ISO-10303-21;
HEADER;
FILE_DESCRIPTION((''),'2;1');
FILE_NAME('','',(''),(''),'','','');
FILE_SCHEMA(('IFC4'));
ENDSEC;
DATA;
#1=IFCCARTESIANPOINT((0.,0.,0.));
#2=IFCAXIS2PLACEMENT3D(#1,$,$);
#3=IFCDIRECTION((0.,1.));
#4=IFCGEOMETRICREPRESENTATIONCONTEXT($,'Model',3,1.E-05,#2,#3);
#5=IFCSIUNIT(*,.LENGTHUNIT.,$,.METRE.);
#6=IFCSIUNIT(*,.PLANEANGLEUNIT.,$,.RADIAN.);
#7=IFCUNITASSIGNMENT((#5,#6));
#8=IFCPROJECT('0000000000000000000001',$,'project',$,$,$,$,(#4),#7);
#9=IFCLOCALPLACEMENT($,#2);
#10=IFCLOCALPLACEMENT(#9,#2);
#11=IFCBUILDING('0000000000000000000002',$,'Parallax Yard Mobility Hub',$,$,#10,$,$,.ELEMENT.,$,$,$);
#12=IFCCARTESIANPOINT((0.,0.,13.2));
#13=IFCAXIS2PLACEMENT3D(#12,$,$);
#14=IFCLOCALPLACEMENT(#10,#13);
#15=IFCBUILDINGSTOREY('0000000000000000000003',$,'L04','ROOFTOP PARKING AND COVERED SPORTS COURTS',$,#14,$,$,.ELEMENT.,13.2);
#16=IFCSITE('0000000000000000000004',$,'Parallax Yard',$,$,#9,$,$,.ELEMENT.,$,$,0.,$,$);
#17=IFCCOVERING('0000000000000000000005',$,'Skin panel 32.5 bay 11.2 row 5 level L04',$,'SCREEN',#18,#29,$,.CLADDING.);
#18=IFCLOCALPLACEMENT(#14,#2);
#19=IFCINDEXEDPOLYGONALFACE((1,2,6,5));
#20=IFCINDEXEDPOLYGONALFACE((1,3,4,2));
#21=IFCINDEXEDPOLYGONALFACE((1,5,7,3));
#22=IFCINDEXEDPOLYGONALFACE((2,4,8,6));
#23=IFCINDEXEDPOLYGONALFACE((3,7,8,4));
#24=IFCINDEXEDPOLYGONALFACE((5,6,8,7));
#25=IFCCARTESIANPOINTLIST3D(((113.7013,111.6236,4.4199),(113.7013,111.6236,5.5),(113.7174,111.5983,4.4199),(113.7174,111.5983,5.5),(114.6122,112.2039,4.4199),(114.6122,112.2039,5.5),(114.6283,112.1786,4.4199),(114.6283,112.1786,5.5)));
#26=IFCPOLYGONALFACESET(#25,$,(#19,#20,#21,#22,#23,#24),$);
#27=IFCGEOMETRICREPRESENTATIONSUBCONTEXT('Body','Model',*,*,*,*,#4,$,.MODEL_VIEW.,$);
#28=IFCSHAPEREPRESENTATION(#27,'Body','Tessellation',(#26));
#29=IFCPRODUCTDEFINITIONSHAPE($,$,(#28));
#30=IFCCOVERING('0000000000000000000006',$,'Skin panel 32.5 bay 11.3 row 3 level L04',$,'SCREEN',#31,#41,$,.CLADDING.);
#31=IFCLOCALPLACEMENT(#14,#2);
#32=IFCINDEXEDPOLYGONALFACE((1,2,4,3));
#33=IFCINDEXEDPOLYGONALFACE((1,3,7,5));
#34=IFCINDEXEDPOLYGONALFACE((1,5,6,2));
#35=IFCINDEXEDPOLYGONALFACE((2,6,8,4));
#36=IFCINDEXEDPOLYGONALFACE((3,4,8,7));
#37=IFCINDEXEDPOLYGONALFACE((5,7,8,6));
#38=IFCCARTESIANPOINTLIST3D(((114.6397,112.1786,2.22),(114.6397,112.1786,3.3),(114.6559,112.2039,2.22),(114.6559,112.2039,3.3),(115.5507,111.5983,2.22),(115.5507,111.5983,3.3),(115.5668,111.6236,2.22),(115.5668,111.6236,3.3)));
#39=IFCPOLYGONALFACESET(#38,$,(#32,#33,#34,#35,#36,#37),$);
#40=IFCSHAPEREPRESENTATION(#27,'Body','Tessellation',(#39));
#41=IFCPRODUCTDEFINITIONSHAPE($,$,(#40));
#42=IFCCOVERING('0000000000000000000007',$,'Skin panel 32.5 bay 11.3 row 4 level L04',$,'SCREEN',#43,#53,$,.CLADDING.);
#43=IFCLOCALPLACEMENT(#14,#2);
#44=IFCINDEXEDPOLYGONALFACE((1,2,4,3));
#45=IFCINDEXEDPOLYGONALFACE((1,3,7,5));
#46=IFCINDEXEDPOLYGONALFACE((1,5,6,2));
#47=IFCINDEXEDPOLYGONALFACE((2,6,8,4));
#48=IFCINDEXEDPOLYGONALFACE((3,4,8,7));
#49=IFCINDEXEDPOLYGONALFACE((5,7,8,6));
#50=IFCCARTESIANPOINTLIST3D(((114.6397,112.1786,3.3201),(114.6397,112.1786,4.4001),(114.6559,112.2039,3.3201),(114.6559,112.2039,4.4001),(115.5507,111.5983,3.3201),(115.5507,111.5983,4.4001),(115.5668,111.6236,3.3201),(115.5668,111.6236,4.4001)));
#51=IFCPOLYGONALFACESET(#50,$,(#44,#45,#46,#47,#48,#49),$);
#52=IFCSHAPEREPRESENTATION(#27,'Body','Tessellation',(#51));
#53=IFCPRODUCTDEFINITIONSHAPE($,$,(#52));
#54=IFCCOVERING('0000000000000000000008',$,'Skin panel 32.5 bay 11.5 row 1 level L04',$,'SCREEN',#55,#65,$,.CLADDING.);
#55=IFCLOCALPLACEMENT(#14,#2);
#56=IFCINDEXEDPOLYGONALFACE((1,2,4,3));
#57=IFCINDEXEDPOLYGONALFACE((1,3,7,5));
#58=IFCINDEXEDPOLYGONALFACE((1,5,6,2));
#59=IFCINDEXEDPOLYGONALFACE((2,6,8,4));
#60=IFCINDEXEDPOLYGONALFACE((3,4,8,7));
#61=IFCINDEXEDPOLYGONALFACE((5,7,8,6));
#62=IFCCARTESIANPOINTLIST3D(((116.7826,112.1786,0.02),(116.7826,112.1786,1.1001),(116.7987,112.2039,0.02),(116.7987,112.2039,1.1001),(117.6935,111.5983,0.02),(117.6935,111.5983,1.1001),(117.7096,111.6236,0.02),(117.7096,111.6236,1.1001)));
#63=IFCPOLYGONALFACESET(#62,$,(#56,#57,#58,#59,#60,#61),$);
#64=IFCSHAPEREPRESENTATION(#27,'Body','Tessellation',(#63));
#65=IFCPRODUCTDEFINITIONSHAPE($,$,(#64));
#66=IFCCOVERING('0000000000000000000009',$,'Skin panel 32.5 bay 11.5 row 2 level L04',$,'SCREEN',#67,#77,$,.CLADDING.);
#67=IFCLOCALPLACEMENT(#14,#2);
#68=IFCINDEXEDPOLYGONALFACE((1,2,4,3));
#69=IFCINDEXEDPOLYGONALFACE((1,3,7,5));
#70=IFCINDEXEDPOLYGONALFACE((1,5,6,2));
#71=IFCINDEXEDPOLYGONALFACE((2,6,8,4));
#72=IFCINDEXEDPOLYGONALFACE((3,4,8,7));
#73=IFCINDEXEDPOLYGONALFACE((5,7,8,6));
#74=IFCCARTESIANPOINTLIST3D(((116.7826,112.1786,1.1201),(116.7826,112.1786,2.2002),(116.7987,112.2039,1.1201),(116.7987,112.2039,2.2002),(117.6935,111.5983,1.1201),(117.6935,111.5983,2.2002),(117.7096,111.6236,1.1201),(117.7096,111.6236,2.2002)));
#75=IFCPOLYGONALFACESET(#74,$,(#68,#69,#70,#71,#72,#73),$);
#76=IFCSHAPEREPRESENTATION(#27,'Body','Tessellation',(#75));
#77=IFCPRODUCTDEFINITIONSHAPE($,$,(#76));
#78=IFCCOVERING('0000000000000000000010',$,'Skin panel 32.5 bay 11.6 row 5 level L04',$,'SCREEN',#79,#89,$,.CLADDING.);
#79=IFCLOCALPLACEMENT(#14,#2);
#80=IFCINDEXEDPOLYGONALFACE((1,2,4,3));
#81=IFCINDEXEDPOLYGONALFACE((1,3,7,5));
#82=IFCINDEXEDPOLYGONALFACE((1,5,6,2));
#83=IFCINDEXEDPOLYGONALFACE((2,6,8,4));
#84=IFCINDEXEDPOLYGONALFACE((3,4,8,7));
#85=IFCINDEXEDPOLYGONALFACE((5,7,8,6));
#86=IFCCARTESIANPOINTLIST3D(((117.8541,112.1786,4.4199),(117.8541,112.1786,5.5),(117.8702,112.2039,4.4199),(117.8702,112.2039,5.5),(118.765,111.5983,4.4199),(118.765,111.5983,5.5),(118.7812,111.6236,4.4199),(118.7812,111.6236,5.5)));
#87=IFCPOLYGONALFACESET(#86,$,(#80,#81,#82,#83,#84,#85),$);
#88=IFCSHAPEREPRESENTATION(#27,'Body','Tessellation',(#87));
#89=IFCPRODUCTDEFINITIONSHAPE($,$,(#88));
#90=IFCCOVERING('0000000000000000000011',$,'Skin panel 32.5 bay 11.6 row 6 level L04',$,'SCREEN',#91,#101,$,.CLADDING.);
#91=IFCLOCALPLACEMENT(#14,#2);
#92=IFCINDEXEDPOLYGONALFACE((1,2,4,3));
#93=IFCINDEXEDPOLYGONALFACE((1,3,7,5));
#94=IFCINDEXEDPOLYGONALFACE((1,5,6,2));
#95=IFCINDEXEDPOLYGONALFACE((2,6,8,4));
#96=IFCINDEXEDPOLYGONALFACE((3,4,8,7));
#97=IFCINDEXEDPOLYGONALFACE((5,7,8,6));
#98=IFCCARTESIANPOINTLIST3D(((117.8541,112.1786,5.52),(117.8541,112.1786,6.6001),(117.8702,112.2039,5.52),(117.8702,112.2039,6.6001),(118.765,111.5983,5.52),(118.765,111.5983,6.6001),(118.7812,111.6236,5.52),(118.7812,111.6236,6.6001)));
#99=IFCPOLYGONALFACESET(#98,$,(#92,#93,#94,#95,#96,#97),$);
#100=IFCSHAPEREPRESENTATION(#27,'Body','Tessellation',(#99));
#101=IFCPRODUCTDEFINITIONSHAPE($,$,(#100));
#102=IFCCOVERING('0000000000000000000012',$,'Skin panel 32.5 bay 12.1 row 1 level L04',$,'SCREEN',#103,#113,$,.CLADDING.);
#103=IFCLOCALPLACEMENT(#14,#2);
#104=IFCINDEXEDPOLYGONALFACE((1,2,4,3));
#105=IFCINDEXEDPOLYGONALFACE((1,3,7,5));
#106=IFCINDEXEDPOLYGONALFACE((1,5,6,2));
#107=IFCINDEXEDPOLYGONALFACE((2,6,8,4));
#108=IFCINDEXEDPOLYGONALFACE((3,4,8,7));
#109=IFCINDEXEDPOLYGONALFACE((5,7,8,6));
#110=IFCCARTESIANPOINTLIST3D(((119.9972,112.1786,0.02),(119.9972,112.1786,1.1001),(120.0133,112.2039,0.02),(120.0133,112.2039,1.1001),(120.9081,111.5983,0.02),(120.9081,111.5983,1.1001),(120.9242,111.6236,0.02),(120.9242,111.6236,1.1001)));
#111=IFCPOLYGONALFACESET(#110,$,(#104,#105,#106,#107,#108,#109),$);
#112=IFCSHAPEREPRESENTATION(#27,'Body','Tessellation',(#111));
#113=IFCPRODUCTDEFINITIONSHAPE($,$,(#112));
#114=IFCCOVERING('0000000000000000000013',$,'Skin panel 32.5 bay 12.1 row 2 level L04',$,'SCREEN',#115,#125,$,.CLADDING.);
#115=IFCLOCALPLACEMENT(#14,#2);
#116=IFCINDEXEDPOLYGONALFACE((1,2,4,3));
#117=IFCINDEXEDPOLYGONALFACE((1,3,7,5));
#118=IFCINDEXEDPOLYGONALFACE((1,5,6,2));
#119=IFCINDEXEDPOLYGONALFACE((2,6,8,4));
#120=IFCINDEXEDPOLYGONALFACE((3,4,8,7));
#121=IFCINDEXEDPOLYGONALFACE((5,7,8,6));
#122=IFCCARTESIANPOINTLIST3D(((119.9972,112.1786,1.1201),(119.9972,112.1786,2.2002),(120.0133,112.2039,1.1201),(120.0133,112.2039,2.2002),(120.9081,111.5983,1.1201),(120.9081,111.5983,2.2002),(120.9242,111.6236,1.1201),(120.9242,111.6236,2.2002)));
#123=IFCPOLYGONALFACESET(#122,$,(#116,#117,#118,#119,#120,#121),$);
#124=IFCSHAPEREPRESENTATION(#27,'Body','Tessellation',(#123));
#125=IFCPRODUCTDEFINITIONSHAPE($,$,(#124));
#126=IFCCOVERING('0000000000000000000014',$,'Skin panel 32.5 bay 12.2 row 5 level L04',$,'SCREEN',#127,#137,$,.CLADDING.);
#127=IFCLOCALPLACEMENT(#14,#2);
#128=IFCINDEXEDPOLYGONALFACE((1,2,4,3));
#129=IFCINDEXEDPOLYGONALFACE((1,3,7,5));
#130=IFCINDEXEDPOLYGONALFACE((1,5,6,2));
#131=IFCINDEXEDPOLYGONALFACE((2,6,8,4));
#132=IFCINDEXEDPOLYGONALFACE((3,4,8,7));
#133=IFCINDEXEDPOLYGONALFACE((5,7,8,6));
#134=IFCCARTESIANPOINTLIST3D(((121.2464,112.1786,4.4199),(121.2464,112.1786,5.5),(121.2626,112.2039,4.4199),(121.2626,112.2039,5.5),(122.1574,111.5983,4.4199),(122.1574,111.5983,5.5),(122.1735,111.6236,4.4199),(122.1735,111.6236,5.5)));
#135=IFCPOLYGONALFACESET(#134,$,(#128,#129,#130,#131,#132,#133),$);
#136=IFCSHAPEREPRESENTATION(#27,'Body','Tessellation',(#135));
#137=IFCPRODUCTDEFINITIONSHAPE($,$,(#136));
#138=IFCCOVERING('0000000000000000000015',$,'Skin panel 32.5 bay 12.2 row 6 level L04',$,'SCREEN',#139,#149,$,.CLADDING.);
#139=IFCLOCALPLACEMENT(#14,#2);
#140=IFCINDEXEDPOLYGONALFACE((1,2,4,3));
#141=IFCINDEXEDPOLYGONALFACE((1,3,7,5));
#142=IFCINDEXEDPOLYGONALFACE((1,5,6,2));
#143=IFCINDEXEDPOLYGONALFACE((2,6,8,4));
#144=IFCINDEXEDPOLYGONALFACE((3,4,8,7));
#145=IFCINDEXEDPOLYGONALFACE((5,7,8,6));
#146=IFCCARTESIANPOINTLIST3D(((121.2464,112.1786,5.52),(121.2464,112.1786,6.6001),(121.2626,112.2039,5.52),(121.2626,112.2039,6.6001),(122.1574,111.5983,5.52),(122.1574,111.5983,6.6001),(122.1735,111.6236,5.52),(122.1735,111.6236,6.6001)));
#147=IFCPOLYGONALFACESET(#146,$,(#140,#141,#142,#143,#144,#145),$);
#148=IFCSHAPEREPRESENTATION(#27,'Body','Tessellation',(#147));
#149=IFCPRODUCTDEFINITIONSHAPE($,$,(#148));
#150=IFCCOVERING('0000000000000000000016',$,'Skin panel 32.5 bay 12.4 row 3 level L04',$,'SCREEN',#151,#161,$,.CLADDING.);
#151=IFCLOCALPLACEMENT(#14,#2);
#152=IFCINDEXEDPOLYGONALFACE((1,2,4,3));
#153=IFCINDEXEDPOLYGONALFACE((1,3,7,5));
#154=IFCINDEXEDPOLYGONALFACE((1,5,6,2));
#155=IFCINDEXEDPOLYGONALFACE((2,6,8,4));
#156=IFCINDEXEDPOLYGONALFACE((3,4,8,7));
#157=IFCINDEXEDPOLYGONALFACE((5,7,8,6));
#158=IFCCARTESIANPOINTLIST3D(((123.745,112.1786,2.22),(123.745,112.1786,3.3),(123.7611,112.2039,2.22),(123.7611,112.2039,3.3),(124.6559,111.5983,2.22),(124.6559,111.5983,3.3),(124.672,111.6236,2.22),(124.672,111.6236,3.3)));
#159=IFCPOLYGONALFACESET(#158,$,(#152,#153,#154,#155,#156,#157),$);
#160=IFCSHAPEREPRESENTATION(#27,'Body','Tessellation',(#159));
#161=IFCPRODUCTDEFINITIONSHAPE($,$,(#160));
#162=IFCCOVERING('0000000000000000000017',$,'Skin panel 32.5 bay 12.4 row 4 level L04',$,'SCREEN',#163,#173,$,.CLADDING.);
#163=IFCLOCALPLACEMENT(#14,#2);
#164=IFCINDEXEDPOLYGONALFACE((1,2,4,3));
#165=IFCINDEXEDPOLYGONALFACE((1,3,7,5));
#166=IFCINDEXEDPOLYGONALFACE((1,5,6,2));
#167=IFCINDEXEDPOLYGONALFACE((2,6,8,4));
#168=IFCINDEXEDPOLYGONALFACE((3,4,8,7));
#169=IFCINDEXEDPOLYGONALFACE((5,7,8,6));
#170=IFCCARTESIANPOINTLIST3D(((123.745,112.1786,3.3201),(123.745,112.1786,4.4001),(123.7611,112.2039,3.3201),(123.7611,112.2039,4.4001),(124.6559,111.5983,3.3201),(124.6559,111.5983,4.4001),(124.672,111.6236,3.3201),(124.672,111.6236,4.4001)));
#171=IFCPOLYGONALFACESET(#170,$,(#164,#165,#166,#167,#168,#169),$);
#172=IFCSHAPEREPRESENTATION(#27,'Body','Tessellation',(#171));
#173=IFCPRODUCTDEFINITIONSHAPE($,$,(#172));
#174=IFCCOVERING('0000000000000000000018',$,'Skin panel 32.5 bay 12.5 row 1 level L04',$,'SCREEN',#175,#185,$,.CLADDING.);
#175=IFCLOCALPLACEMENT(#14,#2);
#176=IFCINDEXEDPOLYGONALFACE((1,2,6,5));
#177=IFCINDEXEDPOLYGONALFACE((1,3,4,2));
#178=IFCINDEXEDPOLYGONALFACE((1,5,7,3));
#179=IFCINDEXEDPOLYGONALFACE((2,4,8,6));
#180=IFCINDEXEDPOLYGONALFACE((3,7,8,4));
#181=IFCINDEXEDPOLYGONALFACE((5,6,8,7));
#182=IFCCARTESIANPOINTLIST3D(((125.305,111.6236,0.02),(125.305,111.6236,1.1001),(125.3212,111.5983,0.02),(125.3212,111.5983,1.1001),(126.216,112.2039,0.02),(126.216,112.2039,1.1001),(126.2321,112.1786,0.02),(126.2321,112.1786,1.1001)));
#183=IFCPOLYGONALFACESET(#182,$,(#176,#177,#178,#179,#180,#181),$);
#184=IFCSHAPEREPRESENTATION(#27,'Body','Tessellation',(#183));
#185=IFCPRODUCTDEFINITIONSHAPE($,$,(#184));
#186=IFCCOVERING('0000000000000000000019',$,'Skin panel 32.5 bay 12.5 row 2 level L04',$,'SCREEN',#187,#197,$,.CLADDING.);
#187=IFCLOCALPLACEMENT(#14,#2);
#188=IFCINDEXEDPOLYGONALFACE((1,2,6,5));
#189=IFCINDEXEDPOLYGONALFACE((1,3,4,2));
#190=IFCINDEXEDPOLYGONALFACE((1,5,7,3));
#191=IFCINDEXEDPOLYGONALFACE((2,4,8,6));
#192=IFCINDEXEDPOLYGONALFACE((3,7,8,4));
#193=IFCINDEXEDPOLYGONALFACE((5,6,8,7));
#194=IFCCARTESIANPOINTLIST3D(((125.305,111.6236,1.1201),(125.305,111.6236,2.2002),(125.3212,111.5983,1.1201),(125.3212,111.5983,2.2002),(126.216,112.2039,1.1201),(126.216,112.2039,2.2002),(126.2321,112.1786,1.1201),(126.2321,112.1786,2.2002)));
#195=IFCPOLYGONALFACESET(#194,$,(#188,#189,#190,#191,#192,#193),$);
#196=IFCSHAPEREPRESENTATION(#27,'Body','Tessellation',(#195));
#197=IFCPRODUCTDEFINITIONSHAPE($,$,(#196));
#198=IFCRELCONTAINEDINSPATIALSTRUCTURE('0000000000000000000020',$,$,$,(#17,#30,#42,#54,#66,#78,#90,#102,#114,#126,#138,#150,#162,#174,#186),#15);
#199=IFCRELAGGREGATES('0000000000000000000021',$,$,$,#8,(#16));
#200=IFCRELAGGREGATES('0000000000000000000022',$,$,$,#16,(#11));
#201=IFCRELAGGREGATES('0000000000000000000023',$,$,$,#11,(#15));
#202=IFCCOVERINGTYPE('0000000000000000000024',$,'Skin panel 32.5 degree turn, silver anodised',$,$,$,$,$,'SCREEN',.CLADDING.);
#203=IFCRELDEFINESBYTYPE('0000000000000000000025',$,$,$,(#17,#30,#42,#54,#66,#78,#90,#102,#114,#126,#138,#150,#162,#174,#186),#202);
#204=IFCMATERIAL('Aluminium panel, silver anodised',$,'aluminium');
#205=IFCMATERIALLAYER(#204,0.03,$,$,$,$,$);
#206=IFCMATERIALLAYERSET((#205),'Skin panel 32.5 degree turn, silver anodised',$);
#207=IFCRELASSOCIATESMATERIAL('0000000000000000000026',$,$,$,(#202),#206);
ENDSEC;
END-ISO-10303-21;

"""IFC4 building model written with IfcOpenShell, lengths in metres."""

from ifc_helpers import new_model, si_unit, direction, frame, origin, origin_2d, place, context, subcontext, project, spatial, rectangle, extrude, material, layer, layer_set, type_object, element, save


model = new_model("IFC4")

# Units and contexts
model_context = context("Model", 3, precision=1e-05, world=origin(), true_north=direction((0.0, 1.0)))
body_context = subcontext(model_context, "Body", "Model", "MODEL_VIEW")
ifc_project = project(units=[si_unit("LENGTHUNIT", "METRE"), si_unit("PLANEANGLEUNIT", "RADIAN")], contexts=[model_context])

# Site, building, storey
site_placement = place(None, origin())
site = spatial("IfcSite", under=ifc_project, at=site_placement, Name="Parallax Yard", CompositionType="ELEMENT", RefElevation=0.0)
building_placement = place(site_placement, origin())
building = spatial("IfcBuilding", under=site, at=building_placement, Name="Parallax Yard Mobility Hub", CompositionType="ELEMENT")
storey_placement = place(building_placement, frame((0.0, 0.0, 13.2)))
storey = spatial("IfcBuildingStorey", under=building, at=storey_placement, Name="L04", Description="ROOFTOP PARKING AND COVERED SPORTS COURTS", CompositionType="ELEMENT", Elevation=13.2)

# Coverings
ifc_material = material(Name="Aluminium panel, silver anodised", Category="aluminium")
ifc_layer_1 = layer(ifc_material, 0.03)
ifc_layer_set_1 = layer_set([ifc_layer_1], Name="Skin panel 32.5 degree turn, silver anodised")
covering_type_1 = type_object("IfcCoveringType", Name="Skin panel 32.5 degree turn, silver anodised", ElementType="SCREEN", PredefinedType="CLADDING", material=ifc_layer_set_1)
for number, where, z_axis, x_axis, name in (
    (1, (114.1648, 111.9011, 4.4199), (0.0, 0.0, 1.0), (-0.843391, -0.5373, 0.0), "Skin panel 32.5 bay 11.2 row 5 level L04"),
    (2, (115.1033, 111.9011, 2.22), (0.0, 0.0, 1.0), (0.843391, -0.5373, 0.0), "Skin panel 32.5 bay 11.3 row 3 level L04"),
    (3, (115.1033, 111.9011, 3.3201), (0.0, 0.0, 1.0), (0.843391, -0.5373, 0.0), "Skin panel 32.5 bay 11.3 row 4 level L04"),
    (4, (117.2461, 111.9011, 0.02), (0.0, 0.0, 1.0), (0.843391, -0.5373, 0.0), "Skin panel 32.5 bay 11.5 row 1 level L04"),
    (5, (117.2461, 111.9011, 1.1201), (0.0, 0.0, 1.0), (0.843391, -0.5373, 0.0), "Skin panel 32.5 bay 11.5 row 2 level L04"),
    (6, (118.3176, 111.9011, 4.4199), (0.0, 0.0, 1.0), (0.843391, -0.5373, 0.0), "Skin panel 32.5 bay 11.6 row 5 level L04"),
    (7, (118.3176, 111.9011, 5.52), (0.0, 0.0, 1.0), (0.843391, -0.5373, 0.0), "Skin panel 32.5 bay 11.6 row 6 level L04"),
    (8, (120.4607, 111.9011, 0.02), (0.0, 0.0, 1.0), (0.843391, -0.5373, 0.0), "Skin panel 32.5 bay 12.1 row 1 level L04"),
    (9, (120.4607, 111.9011, 1.1201), (0.0, 0.0, 1.0), (0.843391, -0.5373, 0.0), "Skin panel 32.5 bay 12.1 row 2 level L04"),
    (10, (121.71, 111.9011, 4.4199), (0.0, 0.0, 1.0), (0.843391, -0.5373, 0.0), "Skin panel 32.5 bay 12.2 row 5 level L04"),
    (11, (121.71, 111.9011, 5.52), (0.0, 0.0, 1.0), (0.843391, -0.5373, 0.0), "Skin panel 32.5 bay 12.2 row 6 level L04"),
    (12, (124.2085, 111.9011, 2.22), (0.0, 0.0, 1.0), (0.843391, -0.5373, 0.0), "Skin panel 32.5 bay 12.4 row 3 level L04"),
    (13, (124.2085, 111.9011, 3.3201), (0.0, 0.0, 1.0), (0.843391, -0.5373, 0.0), "Skin panel 32.5 bay 12.4 row 4 level L04"),
    (14, (125.7686, 111.9011, 0.02), (0.0, 0.0, 1.0), (-0.843391, -0.5373, 0.0), "Skin panel 32.5 bay 12.5 row 1 level L04"),
    (15, (125.7686, 111.9011, 1.1201), (0.0, 0.0, 1.0), (-0.843391, -0.5373, 0.0), "Skin panel 32.5 bay 12.5 row 2 level L04"),
):
    element("IfcCovering", number, at=place(storey_placement, frame(where, z_axis=z_axis, x_axis=x_axis)), inside=storey, type_object=covering_type_1, Name=name, ObjectType="SCREEN", PredefinedType="CLADDING", context=body_context, shape_type="SweptSolid", body=[
        extrude(rectangle(XDim=1.0801, YDim=0.03, at=origin_2d()), origin(), (0.0, 0.0, 1.0), 1.0801),
    ])

save(model, "model.ifc")
